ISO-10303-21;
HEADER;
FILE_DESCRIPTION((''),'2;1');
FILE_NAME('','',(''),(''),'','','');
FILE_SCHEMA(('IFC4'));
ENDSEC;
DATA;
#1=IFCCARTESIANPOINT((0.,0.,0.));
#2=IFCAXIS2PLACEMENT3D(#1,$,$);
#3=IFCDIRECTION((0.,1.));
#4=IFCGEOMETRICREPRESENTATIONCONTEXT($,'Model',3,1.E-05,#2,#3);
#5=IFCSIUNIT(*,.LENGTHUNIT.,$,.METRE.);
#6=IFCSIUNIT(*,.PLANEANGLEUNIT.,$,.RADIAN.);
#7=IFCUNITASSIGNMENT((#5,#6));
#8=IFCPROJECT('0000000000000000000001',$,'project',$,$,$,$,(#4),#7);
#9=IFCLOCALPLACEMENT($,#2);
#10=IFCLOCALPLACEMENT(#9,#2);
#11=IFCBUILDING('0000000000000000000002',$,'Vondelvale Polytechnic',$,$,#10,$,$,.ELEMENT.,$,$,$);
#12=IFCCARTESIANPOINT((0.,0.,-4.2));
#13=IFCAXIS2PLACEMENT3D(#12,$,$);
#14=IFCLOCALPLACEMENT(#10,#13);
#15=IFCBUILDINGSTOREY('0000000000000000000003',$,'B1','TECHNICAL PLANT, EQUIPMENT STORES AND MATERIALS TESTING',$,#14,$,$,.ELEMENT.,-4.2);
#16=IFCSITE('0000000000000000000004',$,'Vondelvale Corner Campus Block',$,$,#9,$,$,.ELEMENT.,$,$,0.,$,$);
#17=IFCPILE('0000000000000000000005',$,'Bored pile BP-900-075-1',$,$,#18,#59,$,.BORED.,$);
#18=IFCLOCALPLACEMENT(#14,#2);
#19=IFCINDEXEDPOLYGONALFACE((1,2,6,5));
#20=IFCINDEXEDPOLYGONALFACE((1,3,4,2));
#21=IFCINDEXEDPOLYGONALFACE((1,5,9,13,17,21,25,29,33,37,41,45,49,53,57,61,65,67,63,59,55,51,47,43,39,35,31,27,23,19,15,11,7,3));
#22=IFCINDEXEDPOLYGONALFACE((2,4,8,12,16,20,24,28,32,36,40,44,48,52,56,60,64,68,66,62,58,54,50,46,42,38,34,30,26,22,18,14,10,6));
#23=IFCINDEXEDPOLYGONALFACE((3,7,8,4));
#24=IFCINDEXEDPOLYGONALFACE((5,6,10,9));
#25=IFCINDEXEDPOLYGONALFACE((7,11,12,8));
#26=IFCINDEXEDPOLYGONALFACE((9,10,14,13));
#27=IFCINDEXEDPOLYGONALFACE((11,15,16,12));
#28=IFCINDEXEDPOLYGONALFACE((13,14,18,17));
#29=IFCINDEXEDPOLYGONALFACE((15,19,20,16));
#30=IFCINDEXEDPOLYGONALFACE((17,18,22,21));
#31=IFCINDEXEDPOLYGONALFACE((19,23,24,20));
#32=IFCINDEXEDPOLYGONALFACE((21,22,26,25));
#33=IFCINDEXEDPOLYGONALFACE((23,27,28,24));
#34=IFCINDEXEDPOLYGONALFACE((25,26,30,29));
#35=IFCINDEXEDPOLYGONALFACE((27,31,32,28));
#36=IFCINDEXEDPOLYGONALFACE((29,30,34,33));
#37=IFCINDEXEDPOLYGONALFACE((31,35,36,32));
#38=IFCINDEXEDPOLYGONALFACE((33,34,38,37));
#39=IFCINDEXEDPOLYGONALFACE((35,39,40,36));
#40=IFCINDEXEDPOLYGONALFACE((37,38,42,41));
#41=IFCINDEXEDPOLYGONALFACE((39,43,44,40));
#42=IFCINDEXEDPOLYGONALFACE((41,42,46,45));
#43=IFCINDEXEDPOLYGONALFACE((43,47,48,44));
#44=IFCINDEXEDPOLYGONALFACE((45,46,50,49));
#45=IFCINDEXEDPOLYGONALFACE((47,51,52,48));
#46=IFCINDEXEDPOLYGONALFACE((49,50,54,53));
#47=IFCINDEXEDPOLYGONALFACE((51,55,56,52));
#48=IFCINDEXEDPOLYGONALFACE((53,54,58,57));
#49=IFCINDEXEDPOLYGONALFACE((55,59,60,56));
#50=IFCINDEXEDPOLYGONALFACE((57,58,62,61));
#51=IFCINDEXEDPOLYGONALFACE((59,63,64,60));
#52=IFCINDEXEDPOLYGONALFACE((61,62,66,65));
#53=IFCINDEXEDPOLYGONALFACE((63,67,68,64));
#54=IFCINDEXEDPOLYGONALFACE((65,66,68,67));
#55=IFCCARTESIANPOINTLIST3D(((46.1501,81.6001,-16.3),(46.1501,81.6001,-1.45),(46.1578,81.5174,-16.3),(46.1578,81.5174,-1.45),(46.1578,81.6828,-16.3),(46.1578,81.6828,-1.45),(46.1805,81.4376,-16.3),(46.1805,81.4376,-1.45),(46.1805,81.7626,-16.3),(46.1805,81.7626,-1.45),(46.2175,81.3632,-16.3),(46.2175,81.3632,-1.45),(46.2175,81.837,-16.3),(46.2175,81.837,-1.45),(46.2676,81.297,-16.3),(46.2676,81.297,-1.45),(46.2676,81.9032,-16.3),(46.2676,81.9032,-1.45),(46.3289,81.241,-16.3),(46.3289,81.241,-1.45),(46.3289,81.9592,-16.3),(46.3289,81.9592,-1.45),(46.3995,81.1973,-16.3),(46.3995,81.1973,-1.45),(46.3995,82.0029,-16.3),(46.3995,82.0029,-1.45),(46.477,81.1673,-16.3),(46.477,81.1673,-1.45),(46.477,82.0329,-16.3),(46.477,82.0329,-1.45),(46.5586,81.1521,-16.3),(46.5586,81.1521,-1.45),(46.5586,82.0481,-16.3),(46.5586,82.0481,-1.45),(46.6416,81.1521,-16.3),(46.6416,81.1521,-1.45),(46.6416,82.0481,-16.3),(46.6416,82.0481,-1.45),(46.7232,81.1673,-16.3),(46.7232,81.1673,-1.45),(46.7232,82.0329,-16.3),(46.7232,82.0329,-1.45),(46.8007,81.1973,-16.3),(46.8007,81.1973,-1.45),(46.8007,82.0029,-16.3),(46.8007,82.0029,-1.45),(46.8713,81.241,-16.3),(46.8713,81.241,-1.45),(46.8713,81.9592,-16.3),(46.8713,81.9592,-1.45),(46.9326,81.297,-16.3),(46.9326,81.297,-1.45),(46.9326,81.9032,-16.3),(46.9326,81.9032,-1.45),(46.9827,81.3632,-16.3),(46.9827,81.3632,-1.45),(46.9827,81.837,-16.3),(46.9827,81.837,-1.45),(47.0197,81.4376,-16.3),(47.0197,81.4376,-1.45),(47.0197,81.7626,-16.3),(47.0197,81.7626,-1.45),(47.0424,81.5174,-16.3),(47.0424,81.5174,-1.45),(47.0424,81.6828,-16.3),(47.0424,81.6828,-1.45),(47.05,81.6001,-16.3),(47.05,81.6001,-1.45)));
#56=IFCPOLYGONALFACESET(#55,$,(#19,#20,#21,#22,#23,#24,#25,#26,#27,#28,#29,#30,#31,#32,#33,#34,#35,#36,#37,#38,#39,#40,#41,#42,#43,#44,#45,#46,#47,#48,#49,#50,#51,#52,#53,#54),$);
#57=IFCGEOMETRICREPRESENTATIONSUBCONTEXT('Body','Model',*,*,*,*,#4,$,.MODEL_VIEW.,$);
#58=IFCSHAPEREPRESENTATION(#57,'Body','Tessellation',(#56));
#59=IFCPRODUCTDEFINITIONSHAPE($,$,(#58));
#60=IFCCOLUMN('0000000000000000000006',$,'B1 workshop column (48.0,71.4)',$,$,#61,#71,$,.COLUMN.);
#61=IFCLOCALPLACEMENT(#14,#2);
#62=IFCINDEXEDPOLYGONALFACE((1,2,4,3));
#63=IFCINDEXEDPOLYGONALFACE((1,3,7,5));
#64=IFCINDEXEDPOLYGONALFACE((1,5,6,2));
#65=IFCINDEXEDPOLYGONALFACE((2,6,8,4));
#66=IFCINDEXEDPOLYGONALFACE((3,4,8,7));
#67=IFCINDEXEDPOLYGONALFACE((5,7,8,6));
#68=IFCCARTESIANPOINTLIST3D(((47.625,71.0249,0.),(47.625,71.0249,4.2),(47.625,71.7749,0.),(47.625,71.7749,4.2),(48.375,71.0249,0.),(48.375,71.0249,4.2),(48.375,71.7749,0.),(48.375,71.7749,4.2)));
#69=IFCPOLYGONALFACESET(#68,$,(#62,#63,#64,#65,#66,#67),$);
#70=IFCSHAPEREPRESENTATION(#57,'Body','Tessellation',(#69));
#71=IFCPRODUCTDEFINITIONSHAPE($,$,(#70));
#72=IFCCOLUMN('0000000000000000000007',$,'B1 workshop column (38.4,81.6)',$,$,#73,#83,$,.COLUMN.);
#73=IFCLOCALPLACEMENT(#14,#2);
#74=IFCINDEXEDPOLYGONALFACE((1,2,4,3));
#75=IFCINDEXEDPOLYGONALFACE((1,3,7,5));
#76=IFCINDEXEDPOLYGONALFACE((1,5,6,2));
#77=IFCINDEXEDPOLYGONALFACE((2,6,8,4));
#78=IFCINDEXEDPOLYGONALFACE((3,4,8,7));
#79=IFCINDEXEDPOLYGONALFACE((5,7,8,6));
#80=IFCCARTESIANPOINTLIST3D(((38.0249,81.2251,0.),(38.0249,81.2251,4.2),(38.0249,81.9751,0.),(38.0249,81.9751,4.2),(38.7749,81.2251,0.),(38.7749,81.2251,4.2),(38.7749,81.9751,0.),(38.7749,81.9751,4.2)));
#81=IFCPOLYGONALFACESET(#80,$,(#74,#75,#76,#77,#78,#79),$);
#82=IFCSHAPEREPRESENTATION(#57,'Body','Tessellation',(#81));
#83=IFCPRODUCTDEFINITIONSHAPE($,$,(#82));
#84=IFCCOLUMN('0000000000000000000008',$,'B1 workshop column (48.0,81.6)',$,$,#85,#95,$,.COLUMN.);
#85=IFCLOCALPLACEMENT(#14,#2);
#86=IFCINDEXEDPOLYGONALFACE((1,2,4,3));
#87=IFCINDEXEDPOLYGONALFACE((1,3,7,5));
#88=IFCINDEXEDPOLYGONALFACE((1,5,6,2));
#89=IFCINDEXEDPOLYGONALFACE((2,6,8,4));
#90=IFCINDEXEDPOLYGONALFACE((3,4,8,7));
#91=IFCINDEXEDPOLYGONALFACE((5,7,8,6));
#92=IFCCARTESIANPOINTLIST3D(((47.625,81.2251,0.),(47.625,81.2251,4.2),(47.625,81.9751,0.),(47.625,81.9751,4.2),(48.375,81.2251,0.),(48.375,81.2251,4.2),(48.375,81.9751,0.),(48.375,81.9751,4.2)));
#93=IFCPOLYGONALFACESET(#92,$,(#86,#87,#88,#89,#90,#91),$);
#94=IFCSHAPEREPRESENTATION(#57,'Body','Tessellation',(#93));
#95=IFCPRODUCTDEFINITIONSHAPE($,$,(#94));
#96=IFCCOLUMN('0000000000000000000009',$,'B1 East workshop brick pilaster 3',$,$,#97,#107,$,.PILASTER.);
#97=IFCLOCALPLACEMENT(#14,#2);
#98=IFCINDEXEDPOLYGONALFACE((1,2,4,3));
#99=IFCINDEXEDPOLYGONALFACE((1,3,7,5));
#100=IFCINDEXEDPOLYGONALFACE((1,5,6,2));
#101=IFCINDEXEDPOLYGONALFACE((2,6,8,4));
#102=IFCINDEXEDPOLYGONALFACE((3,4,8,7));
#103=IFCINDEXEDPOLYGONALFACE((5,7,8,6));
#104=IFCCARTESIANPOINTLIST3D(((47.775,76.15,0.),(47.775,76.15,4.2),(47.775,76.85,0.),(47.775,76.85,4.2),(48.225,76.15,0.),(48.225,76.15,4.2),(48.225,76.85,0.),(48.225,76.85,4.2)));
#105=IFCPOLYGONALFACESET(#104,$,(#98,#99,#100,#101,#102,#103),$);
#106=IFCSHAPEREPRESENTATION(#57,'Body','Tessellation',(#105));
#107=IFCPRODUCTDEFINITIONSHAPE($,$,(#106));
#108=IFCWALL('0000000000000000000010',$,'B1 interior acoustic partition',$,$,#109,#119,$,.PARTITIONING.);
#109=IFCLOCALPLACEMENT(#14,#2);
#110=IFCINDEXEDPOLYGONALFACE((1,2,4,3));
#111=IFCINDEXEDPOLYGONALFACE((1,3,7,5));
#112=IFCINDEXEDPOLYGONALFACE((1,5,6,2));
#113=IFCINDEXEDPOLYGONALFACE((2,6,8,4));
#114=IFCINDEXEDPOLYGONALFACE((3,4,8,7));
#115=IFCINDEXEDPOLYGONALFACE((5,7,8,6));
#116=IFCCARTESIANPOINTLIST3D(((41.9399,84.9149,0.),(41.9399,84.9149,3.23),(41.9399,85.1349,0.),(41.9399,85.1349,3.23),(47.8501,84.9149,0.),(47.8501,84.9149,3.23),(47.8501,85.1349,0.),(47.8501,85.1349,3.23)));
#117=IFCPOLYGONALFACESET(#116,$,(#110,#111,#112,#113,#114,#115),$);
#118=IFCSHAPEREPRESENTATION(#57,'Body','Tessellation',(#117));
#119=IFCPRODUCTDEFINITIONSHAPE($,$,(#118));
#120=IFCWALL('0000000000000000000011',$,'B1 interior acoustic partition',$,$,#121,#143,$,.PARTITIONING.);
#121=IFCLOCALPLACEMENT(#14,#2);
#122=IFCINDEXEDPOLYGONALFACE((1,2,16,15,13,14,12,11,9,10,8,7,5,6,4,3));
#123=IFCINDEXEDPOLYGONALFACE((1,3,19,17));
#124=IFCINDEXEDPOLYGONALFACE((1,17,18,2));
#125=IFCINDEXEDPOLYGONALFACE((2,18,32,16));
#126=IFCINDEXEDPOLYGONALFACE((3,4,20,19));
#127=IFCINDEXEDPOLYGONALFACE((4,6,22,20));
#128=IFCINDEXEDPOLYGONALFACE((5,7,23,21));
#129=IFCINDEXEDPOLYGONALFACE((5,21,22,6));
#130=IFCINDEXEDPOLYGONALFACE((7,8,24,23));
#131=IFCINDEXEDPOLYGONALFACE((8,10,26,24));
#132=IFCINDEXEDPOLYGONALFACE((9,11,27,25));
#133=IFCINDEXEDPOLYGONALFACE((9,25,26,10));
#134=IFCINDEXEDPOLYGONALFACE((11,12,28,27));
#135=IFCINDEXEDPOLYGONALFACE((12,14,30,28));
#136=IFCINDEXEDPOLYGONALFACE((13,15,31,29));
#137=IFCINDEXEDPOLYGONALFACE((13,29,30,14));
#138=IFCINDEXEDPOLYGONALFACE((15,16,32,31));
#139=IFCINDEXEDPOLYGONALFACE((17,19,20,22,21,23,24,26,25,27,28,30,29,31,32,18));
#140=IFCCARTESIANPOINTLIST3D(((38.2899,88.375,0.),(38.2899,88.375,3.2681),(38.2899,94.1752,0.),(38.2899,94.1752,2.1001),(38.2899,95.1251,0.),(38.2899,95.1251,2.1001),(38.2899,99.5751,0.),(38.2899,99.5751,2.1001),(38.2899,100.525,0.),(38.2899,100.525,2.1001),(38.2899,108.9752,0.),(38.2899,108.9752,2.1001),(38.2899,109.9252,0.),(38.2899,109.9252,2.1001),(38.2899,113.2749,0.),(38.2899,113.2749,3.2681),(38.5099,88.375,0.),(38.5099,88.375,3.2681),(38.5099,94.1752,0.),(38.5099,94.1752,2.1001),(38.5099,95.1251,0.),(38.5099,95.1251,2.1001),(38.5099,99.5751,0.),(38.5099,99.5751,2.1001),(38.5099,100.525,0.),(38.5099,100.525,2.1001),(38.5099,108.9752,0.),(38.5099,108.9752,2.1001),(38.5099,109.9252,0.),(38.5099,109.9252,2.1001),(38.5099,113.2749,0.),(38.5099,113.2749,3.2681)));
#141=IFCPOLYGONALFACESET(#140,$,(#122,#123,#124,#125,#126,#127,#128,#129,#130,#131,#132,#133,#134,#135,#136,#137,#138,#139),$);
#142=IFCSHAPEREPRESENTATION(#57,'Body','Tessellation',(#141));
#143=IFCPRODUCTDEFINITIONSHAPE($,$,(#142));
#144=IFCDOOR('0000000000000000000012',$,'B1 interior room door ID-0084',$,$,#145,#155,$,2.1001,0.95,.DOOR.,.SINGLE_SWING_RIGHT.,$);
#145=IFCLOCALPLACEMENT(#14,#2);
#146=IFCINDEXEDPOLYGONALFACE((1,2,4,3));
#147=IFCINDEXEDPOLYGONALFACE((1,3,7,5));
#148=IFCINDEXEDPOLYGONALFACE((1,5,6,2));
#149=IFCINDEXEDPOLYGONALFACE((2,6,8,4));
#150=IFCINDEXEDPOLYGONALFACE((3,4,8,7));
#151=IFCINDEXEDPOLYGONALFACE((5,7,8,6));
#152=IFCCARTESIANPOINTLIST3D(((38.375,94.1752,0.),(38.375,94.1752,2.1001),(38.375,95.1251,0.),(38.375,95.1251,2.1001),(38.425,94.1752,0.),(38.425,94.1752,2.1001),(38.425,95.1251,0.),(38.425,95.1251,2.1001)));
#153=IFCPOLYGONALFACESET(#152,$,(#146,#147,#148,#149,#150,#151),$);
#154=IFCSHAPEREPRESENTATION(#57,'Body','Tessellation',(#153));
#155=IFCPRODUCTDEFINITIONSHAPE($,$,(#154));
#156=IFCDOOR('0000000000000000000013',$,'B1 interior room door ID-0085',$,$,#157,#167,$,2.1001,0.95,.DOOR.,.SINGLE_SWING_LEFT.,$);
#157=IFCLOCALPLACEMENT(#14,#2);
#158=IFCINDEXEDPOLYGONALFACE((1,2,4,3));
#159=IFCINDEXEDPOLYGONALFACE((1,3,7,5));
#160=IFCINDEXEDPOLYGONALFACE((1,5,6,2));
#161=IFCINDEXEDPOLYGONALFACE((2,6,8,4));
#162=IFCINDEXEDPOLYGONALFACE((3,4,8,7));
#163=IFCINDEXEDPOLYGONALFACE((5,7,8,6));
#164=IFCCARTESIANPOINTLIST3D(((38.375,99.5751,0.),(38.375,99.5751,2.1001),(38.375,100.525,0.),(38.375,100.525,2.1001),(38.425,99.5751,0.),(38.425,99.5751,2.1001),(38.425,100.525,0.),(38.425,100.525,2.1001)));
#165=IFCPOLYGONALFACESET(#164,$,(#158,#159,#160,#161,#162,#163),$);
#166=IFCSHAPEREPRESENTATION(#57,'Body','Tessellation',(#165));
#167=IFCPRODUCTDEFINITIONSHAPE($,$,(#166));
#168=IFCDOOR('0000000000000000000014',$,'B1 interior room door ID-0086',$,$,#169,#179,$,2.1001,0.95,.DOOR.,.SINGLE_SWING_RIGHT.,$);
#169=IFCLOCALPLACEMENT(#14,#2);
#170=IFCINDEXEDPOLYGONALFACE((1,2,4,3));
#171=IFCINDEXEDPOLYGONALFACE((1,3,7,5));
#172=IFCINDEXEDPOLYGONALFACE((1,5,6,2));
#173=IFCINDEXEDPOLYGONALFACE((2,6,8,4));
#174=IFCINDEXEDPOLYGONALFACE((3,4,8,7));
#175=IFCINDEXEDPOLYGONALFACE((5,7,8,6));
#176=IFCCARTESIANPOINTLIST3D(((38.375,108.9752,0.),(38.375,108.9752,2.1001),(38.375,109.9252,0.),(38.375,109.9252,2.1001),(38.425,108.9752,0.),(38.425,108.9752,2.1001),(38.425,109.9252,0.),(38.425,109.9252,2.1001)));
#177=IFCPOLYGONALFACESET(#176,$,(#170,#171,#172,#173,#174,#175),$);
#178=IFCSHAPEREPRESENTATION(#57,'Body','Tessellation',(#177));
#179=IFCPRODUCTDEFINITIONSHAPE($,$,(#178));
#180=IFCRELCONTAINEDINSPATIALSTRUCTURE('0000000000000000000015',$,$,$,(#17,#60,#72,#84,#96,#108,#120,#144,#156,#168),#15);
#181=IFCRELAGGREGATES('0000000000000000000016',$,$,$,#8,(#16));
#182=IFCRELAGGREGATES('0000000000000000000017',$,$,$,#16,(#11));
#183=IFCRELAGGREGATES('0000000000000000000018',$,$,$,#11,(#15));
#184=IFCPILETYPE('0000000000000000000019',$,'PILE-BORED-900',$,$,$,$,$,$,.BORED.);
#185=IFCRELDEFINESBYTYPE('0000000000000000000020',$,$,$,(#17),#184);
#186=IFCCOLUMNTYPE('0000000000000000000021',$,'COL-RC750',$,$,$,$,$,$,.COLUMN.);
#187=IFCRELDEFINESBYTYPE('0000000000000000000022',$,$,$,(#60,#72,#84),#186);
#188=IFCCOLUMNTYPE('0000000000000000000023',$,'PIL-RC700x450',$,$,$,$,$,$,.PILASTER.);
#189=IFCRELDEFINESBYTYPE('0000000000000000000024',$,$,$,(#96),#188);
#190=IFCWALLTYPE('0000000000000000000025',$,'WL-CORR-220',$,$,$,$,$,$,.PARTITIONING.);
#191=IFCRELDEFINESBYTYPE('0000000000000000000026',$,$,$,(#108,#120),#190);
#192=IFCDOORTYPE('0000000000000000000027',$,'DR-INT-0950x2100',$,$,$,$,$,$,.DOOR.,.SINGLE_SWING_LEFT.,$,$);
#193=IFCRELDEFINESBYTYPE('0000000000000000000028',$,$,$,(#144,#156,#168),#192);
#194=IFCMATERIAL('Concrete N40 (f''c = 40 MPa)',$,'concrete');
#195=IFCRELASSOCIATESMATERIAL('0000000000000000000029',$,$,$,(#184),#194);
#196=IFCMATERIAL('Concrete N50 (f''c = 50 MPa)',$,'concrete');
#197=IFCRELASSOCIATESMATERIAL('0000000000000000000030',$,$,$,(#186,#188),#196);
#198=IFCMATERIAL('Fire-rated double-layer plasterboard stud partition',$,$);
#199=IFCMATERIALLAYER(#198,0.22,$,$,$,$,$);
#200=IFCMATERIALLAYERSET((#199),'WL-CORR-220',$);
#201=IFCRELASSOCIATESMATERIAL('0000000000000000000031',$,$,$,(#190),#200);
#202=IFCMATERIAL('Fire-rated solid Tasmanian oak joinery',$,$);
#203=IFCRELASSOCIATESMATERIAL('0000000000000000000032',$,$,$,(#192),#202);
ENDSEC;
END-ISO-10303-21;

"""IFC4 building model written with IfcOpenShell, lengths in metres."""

from ifc_helpers import new_model, si_unit, direction, frame, frame_2d, origin, origin_2d, place, context, subcontext, project, spatial, rectangle, circle, extrude, material, layer, layer_set, material_profile, profile_set, type_object, element, fill, save


model = new_model("IFC4")

# Units and contexts
model_context = context("Model", 3, precision=1e-05, world=origin(), true_north=direction((0.0, 1.0)))
body_context = subcontext(model_context, "Body", "Model", "MODEL_VIEW")
ifc_project = project(units=[si_unit("LENGTHUNIT", "METRE"), si_unit("PLANEANGLEUNIT", "RADIAN")], contexts=[model_context])

# Site, building, storey
site_placement = place(None, origin())
site = spatial("IfcSite", under=ifc_project, at=site_placement, Name="Vondelvale Corner Campus Block", CompositionType="ELEMENT", RefElevation=0.0)
building_placement = place(site_placement, origin())
building = spatial("IfcBuilding", under=site, at=building_placement, Name="Vondelvale Polytechnic", CompositionType="ELEMENT")
storey_placement = place(building_placement, frame((0.0, 0.0, -4.2)))
storey = spatial("IfcBuildingStorey", under=building, at=storey_placement, Name="B1", Description="TECHNICAL PLANT, EQUIPMENT STORES AND MATERIALS TESTING", CompositionType="ELEMENT", Elevation=-4.2)

# Shared definitions
ifc_material_1 = material(Name="Concrete N40 (f'c = 40 MPa)", Category="concrete")

# Pile
ifc_material_profile_1 = material_profile(ifc_material_1, circle(Radius=0.45, at=origin_2d()), Name="PILE-D900")
ifc_profile_set_1 = profile_set([ifc_material_profile_1], Name="Concrete N40 (f'c = 40 MPa)")
pile_type_1 = type_object("IfcPileType", Name="PILE-BORED-900", PredefinedType="BORED", material=ifc_profile_set_1)
pile_placement = place(storey_placement, frame((46.6001, 81.6001, -1.45), z_axis=(0.0, 0.0, -1.0), x_axis=(1.0, 0.0, 0.0)))
element("IfcPile", 1, at=pile_placement, inside=storey, type_object=pile_type_1, Name="Bored pile BP-900-075-1", PredefinedType="BORED", context=body_context, shape_type="SweptSolid", body=[
    extrude(circle(Radius=0.45, at=origin_2d()), origin(), (0.0, 0.0, 1.0), 14.8501),
])

# Columns
ifc_material_2 = material(Name="Concrete N50 (f'c = 50 MPa)", Category="concrete")
ifc_material_profile_2 = material_profile(ifc_material_2, rectangle(XDim=0.75, YDim=0.75, at=origin_2d()), Name="RC-COL-750x750")
ifc_profile_set_2 = profile_set([ifc_material_profile_2], Name="Concrete N50 (f'c = 50 MPa)")
column_type_1 = type_object("IfcColumnType", Name="COL-RC750", PredefinedType="COLUMN", material=ifc_profile_set_2)
for number, where, z_axis, x_axis, name in (
    (2, (48.0, 71.3999, 0.0), (0.0, 0.0, 1.0), (1.0, 0.0, 0.0), "B1 workshop column (48.0,71.4)"),
    (3, (38.3999, 81.6001, 0.0), (0.0, 0.0, 1.0), (1.0, 0.0, 0.0), "B1 workshop column (38.4,81.6)"),
    (4, (48.0, 81.6001, 0.0), (0.0, 0.0, 1.0), (1.0, 0.0, 0.0), "B1 workshop column (48.0,81.6)"),
):
    element("IfcColumn", number, at=place(storey_placement, frame(where, z_axis=z_axis, x_axis=x_axis)), inside=storey, type_object=column_type_1, Name=name, PredefinedType="COLUMN", context=body_context, shape_type="SweptSolid", body=[
        extrude(rectangle(XDim=0.75, YDim=0.75, at=origin_2d()), origin(), (0.0, 0.0, 1.0), 4.2),
    ])
ifc_material_profile_3 = material_profile(ifc_material_2, rectangle(XDim=0.45, YDim=0.7, at=origin_2d()), Name="RC-PIL-700x450")
ifc_profile_set_3 = profile_set([ifc_material_profile_3], Name="Concrete N50 (f'c = 50 MPa)")
column_type_2 = type_object("IfcColumnType", Name="PIL-RC700x450", PredefinedType="PILASTER", material=ifc_profile_set_3)
column_placement = place(storey_placement, frame((48.0, 76.5, 0.0), z_axis=(0.0, 0.0, 1.0), x_axis=(1.0, 0.0, 0.0)))
element("IfcColumn", 5, at=column_placement, inside=storey, type_object=column_type_2, Name="B1 East workshop brick pilaster 3", PredefinedType="PILASTER", context=body_context, shape_type="SweptSolid", body=[
    extrude(rectangle(XDim=0.45, YDim=0.7, at=origin_2d()), origin(), (0.0, 0.0, 1.0), 4.2),
])

# Wall
ifc_material_3 = material(Name="Fire-rated double-layer plasterboard stud partition")
ifc_layer_1 = layer(ifc_material_3, 0.22)
ifc_layer_set_1 = layer_set([ifc_layer_1], Name="WL-CORR-220")
wall_type_1 = type_object("IfcWallType", Name="WL-CORR-220", PredefinedType="PARTITIONING", material=ifc_layer_set_1)
wall_1_placement = place(storey_placement, frame((41.9399, 85.0249, 0.0), z_axis=(0.0, 0.0, 1.0), x_axis=(1.0, 0.0, 0.0)))
element("IfcWall", 6, at=wall_1_placement, inside=storey, type_object=wall_type_1, Name="B1 interior acoustic partition", PredefinedType="PARTITIONING", context=body_context, shape_type="SweptSolid", body=[
    extrude(rectangle(XDim=5.9102, YDim=0.22, at=frame_2d((2.9551, 0.0))), origin(), (0.0, 0.0, 1.0), 3.23),
])

# Wall, openings, doors
wall_2_placement = place(storey_placement, frame((38.3999, 88.375, 0.0), z_axis=(0.0, 0.0, 1.0), x_axis=(0.0, 1.0, 0.0)))
wall_2 = element("IfcWall", 7, at=wall_2_placement, inside=storey, type_object=wall_type_1, Name="B1 interior acoustic partition", PredefinedType="PARTITIONING", context=body_context, shape_type="SweptSolid", body=[
    extrude(rectangle(XDim=24.8999, YDim=0.22, at=frame_2d((12.45, 0.0))), origin(), (0.0, 0.0, 1.0), 3.2681),
])
opening_1_placement = place(wall_2_placement, frame((5.8, 0.0, 0.0)))
opening_1 = element("IfcOpeningElement", 8, at=opening_1_placement, cuts=wall_2, PredefinedType="OPENING", context=body_context, shape_type="SweptSolid", body=[
    extrude(rectangle(XDim=0.95, YDim=2.1001, at=frame_2d((0.4751, 1.05))), frame((0.0, 0.1199, 0.0), z_axis=(0.0, -1.0, 0.0), x_axis=(1.0, 0.0, 0.0)), (0.0, 0.0, 1.0), 0.24),
])
opening_2_placement = place(wall_2_placement, frame((11.2, 0.0, 0.0)))
opening_2 = element("IfcOpeningElement", 9, at=opening_2_placement, cuts=wall_2, PredefinedType="OPENING", context=body_context, shape_type="SweptSolid", body=[
    extrude(rectangle(XDim=0.95, YDim=2.1001, at=frame_2d((0.4751, 1.05))), frame((0.0, 0.1199, 0.0), z_axis=(0.0, -1.0, 0.0), x_axis=(1.0, 0.0, 0.0)), (0.0, 0.0, 1.0), 0.24),
])
opening_3_placement = place(wall_2_placement, frame((20.6001, 0.0, 0.0)))
opening_3 = element("IfcOpeningElement", 10, at=opening_3_placement, cuts=wall_2, PredefinedType="OPENING", context=body_context, shape_type="SweptSolid", body=[
    extrude(rectangle(XDim=0.95, YDim=2.1001, at=frame_2d((0.4751, 1.05))), frame((0.0, 0.1199, 0.0), z_axis=(0.0, -1.0, 0.0), x_axis=(1.0, 0.0, 0.0)), (0.0, 0.0, 1.0), 0.24),
])
ifc_material_4 = material(Name="Fire-rated solid Tasmanian oak joinery")
door_type_1 = type_object("IfcDoorType", Name="DR-INT-0950x2100", OperationType="SINGLE_SWING_LEFT", PredefinedType="DOOR", material=ifc_material_4)
door_1_placement = place(opening_1_placement, origin())
door_1 = element("IfcDoor", 11, at=door_1_placement, inside=storey, type_object=door_type_1, Name="B1 interior room door ID-0084", OperationType="SINGLE_SWING_RIGHT", OverallHeight=2.1001, OverallWidth=0.95, PredefinedType="DOOR", context=body_context, shape_type="SweptSolid", body=[
    extrude(rectangle(XDim=0.95, YDim=2.1001, at=frame_2d((0.4751, 1.05))), frame((0.0, 0.0249, 0.0), z_axis=(0.0, -1.0, 0.0), x_axis=(1.0, 0.0, 0.0)), (0.0, 0.0, 1.0), 0.05),
])
fill(opening_1, door_1)
door_2_placement = place(opening_2_placement, origin())
door_2 = element("IfcDoor", 12, at=door_2_placement, inside=storey, type_object=door_type_1, Name="B1 interior room door ID-0085", OperationType="SINGLE_SWING_LEFT", OverallHeight=2.1001, OverallWidth=0.95, PredefinedType="DOOR", context=body_context, shape_type="SweptSolid", body=[
    extrude(rectangle(XDim=0.95, YDim=2.1001, at=frame_2d((0.4751, 1.05))), frame((0.0, 0.0249, 0.0), z_axis=(0.0, -1.0, 0.0), x_axis=(1.0, 0.0, 0.0)), (0.0, 0.0, 1.0), 0.05),
])
fill(opening_2, door_2)
door_3_placement = place(opening_3_placement, origin())
door_3 = element("IfcDoor", 13, at=door_3_placement, inside=storey, type_object=door_type_1, Name="B1 interior room door ID-0086", OperationType="SINGLE_SWING_RIGHT", OverallHeight=2.1001, OverallWidth=0.95, PredefinedType="DOOR", context=body_context, shape_type="SweptSolid", body=[
    extrude(rectangle(XDim=0.95, YDim=2.1001, at=frame_2d((0.4751, 1.05))), frame((0.0, 0.0249, 0.0), z_axis=(0.0, -1.0, 0.0), x_axis=(1.0, 0.0, 0.0)), (0.0, 0.0, 1.0), 0.05),
])
fill(opening_3, door_3)

save(model, "model.ifc")
